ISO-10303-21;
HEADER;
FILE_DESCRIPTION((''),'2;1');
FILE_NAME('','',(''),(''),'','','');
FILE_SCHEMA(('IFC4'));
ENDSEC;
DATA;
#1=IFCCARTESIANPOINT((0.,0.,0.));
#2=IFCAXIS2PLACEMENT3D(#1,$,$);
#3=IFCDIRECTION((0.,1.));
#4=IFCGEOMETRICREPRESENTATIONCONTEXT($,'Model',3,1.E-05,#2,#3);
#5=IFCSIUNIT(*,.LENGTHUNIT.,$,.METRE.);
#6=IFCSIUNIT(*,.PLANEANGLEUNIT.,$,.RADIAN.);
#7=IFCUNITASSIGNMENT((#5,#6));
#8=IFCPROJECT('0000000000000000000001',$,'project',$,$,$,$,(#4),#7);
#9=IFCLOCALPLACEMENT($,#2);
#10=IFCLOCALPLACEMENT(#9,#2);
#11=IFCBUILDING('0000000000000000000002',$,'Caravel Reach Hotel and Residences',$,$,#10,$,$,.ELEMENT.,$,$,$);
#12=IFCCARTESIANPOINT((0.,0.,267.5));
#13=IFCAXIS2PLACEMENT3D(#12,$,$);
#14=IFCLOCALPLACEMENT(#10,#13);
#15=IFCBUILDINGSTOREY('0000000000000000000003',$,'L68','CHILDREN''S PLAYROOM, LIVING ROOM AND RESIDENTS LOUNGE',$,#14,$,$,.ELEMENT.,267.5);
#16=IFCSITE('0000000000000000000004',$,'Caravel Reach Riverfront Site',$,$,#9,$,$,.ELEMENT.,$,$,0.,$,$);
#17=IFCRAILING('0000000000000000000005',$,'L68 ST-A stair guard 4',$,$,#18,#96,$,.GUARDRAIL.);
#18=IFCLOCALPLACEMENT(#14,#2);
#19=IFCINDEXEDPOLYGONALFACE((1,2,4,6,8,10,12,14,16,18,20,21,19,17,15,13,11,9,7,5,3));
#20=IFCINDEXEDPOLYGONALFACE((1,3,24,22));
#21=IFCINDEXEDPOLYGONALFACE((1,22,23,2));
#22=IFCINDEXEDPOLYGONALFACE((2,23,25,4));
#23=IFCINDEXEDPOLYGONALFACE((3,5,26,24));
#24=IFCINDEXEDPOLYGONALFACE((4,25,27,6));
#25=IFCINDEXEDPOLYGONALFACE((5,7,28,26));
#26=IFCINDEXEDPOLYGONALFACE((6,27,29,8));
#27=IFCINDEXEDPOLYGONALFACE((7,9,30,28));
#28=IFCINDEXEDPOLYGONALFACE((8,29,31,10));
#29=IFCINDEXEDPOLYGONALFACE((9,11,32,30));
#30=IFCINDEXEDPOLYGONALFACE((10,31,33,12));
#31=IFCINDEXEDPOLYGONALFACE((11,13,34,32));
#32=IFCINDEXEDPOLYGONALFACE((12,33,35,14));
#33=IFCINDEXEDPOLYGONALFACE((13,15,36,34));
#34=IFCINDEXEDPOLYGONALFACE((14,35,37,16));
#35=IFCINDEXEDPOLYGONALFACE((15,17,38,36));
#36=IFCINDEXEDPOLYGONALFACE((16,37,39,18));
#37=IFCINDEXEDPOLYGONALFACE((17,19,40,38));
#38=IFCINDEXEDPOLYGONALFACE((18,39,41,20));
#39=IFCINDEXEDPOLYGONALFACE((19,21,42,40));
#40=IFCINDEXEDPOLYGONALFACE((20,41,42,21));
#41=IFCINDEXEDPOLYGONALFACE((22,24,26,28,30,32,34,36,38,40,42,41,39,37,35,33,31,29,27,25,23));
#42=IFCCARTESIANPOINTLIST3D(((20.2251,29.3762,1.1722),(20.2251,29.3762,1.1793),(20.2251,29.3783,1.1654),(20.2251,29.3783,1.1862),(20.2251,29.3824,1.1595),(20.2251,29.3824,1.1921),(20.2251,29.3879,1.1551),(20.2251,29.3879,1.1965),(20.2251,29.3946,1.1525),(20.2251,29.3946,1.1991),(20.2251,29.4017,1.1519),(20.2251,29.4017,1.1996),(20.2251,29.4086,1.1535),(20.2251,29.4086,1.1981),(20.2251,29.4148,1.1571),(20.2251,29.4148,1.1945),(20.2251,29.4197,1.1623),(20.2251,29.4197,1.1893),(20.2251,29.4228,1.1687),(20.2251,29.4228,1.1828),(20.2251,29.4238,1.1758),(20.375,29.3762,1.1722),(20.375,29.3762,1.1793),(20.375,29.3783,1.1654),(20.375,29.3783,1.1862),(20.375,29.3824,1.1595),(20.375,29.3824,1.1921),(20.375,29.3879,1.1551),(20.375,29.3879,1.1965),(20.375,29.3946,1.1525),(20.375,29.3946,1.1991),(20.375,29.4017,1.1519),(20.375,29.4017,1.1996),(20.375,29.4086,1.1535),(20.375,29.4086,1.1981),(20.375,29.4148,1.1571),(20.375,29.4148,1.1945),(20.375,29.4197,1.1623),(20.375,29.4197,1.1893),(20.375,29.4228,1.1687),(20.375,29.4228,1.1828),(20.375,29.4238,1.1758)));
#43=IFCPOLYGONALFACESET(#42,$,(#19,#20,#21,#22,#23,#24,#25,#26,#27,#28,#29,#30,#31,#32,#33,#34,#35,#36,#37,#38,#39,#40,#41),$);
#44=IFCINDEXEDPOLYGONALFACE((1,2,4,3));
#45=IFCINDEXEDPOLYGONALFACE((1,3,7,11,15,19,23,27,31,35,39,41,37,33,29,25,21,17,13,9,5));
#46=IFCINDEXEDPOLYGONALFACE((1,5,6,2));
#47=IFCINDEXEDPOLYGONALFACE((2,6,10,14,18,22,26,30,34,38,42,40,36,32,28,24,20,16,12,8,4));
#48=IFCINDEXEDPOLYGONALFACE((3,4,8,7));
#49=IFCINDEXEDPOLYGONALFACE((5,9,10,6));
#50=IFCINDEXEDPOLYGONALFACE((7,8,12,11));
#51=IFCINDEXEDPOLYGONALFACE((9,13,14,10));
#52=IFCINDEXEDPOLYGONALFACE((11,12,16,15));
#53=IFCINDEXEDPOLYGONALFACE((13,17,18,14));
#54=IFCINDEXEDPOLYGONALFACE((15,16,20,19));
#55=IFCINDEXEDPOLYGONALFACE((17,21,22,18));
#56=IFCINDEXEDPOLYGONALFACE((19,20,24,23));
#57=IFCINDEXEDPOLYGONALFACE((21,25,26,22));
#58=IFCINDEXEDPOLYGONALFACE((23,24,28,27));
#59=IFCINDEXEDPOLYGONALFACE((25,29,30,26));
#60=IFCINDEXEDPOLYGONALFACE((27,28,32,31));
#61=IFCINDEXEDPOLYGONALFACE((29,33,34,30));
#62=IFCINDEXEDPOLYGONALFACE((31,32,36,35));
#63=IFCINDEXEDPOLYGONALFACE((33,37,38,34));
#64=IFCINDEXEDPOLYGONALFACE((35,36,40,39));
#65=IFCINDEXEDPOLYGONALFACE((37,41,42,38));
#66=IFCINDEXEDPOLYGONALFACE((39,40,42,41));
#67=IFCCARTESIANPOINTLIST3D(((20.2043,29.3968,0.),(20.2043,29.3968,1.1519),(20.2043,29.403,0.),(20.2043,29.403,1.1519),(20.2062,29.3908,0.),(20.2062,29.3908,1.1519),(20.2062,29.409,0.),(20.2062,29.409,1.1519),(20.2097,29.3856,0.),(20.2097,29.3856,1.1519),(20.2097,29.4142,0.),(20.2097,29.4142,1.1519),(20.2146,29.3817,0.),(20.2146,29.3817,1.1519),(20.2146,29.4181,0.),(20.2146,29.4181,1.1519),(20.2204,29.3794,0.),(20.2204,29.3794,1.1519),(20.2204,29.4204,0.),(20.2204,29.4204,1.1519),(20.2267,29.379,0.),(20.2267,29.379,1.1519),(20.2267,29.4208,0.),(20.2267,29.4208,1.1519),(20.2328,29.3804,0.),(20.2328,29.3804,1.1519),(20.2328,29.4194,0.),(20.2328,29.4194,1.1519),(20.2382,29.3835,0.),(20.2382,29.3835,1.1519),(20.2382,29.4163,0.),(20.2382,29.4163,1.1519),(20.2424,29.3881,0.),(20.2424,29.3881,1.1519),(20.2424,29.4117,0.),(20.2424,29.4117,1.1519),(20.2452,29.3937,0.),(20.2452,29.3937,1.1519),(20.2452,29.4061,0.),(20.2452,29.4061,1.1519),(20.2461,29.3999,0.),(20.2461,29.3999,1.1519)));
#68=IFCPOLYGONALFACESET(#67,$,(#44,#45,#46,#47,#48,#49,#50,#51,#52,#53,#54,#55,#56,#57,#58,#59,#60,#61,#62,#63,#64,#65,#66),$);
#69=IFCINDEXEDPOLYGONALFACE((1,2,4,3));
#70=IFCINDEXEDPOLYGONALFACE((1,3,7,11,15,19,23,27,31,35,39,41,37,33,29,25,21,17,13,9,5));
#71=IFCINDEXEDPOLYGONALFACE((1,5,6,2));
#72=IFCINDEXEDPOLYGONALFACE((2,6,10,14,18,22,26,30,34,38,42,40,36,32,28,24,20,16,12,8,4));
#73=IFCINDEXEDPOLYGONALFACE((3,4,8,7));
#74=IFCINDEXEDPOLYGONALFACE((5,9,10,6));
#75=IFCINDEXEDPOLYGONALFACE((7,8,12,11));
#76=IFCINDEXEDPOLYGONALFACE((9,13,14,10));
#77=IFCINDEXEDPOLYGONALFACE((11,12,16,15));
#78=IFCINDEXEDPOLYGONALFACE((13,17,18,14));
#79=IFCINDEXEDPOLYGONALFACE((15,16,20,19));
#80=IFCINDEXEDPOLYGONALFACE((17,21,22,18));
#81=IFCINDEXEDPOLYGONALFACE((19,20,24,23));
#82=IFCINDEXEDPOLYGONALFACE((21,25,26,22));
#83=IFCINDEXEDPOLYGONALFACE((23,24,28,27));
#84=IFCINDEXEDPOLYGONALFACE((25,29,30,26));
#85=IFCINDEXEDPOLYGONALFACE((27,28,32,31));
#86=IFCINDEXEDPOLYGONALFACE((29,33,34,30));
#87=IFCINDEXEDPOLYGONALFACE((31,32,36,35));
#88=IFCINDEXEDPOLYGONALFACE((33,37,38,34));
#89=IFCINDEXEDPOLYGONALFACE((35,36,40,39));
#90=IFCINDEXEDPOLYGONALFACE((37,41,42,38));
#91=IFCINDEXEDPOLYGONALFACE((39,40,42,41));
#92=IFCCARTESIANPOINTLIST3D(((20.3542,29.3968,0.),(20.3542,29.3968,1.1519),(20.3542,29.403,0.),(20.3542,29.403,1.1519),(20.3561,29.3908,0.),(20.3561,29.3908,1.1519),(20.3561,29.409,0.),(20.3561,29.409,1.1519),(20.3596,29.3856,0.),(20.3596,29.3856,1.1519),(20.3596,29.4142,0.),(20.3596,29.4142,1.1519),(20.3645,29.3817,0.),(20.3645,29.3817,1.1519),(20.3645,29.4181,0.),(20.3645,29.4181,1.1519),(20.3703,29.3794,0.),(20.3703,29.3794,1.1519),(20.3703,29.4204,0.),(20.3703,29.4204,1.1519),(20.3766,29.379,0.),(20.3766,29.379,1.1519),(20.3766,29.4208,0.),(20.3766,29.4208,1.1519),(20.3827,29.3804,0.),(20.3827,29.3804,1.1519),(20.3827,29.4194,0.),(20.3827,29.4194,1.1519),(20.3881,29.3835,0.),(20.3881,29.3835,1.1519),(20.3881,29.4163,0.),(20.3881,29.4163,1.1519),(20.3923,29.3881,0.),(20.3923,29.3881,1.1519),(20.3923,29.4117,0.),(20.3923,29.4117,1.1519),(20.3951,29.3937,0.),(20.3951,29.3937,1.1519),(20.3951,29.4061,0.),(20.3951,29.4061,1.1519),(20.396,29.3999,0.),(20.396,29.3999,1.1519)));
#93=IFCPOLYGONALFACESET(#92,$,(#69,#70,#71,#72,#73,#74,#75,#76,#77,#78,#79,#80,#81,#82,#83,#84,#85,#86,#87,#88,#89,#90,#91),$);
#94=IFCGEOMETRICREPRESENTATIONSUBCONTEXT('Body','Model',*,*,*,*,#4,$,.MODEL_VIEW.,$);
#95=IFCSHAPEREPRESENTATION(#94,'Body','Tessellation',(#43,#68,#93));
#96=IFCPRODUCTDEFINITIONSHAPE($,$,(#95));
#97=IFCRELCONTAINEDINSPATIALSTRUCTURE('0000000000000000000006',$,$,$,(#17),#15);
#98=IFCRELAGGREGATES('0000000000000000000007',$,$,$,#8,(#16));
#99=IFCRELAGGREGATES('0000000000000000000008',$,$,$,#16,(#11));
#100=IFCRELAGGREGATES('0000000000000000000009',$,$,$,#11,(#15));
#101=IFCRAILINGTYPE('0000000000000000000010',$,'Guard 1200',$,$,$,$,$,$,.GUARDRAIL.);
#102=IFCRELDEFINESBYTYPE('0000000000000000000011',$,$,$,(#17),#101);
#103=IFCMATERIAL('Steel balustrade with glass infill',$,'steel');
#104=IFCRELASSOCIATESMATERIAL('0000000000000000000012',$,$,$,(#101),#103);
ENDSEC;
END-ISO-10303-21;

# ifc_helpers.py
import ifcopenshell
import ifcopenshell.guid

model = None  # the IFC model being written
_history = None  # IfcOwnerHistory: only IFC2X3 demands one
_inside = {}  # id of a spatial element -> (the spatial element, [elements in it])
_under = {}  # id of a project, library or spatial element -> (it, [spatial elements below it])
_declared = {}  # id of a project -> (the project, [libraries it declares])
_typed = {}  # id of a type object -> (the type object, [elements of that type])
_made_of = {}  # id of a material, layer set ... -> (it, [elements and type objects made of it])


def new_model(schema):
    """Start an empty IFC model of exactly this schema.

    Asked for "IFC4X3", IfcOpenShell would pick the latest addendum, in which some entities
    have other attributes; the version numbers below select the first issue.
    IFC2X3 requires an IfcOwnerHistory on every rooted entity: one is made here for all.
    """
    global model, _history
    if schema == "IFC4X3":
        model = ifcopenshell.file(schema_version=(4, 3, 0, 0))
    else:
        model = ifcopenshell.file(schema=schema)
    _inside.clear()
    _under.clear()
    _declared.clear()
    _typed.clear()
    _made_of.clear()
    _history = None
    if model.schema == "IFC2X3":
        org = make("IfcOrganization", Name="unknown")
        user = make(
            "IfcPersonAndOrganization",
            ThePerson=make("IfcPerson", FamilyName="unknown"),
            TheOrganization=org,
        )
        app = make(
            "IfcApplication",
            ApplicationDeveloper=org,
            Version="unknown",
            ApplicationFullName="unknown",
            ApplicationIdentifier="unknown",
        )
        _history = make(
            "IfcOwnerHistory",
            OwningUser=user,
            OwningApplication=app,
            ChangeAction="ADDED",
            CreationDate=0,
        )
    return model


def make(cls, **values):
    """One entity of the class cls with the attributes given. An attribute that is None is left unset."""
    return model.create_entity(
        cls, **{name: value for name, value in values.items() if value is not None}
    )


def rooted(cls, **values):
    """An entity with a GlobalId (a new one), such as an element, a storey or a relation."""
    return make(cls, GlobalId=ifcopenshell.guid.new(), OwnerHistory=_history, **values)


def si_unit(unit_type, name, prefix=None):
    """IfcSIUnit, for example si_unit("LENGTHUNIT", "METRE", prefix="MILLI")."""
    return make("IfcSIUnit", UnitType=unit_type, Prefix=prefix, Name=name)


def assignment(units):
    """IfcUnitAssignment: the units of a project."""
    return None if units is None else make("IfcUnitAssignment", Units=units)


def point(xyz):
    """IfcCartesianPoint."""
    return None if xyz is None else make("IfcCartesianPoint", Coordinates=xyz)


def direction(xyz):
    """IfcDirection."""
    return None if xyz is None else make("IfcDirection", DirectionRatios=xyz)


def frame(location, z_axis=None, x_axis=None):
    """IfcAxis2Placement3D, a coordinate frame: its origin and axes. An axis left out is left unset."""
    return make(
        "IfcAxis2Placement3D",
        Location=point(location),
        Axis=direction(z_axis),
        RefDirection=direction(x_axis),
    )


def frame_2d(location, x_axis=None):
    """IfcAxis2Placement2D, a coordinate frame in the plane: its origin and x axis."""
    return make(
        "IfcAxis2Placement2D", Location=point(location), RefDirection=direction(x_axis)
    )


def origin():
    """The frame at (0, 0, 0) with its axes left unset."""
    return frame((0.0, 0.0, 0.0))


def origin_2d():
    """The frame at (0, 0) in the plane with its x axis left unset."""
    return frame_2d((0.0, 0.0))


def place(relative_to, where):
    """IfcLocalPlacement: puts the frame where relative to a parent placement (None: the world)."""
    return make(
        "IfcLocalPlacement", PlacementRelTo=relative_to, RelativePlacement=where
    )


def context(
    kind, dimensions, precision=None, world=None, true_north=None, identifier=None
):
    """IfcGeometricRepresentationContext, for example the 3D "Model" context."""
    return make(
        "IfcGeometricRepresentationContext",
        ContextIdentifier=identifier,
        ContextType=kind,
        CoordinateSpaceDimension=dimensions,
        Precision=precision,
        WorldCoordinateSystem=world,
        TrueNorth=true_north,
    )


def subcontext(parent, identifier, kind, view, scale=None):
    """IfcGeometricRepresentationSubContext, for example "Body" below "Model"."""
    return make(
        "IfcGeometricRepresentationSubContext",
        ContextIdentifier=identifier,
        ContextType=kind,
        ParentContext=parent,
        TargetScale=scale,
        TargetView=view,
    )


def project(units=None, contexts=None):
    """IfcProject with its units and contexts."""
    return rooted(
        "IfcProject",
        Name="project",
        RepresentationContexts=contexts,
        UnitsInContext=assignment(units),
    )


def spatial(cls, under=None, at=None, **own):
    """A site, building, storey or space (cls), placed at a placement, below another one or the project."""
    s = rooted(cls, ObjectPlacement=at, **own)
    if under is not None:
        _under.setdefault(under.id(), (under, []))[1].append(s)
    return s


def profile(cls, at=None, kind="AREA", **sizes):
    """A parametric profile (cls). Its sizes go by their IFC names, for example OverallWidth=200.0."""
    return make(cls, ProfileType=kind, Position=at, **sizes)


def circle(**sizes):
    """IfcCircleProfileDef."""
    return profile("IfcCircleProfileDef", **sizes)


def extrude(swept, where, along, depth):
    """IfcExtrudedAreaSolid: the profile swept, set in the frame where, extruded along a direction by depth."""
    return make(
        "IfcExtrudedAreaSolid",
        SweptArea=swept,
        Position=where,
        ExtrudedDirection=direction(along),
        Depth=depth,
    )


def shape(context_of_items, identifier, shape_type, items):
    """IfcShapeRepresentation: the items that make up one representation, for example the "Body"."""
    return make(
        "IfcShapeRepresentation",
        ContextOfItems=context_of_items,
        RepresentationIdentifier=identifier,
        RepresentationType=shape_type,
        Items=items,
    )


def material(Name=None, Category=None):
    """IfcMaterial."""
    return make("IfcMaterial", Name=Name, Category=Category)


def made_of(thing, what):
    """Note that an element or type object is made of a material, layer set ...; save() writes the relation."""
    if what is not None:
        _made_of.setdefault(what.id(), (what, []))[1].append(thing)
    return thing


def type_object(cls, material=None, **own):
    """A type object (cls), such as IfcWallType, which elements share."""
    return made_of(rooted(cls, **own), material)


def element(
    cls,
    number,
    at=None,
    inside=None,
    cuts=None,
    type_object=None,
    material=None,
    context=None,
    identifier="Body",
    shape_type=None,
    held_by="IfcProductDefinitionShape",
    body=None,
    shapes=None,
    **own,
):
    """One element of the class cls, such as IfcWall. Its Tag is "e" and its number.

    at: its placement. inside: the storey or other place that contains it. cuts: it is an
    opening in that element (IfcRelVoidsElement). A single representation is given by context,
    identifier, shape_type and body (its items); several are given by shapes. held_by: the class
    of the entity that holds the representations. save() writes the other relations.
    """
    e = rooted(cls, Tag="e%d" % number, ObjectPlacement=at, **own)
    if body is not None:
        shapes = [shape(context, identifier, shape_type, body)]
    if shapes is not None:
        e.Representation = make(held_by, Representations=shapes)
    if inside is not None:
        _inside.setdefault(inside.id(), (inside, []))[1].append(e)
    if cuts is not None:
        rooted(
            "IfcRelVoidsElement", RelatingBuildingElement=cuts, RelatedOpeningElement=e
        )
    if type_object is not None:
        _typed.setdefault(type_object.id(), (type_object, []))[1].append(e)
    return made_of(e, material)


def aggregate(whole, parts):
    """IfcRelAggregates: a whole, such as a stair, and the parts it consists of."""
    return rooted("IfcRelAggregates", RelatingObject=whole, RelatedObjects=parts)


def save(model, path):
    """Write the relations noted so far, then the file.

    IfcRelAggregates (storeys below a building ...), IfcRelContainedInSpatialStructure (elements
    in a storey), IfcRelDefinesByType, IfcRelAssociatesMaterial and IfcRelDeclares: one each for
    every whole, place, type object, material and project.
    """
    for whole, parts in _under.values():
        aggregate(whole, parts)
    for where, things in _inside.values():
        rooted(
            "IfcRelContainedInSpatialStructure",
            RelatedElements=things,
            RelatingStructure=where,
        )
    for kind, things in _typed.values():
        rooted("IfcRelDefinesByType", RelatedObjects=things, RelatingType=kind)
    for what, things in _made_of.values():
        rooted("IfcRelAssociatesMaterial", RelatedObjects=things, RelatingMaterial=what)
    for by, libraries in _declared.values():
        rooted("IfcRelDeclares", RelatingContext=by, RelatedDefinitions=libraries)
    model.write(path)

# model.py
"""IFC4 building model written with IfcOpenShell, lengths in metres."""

from ifc_helpers import new_model, si_unit, direction, frame, origin, origin_2d, place, context, subcontext, project, spatial, circle, extrude, material, type_object, element, save


model = new_model("IFC4")

# Units and contexts
model_context = context("Model", 3, precision=1e-05, world=origin(), true_north=direction((0.0, 1.0)))
body_context = subcontext(model_context, "Body", "Model", "MODEL_VIEW")
ifc_project = project(units=[si_unit("LENGTHUNIT", "METRE"), si_unit("PLANEANGLEUNIT", "RADIAN")], contexts=[model_context])

# Site, building, storey
site_placement = place(None, origin())
site = spatial("IfcSite", under=ifc_project, at=site_placement, Name="Caravel Reach Riverfront Site", CompositionType="ELEMENT", RefElevation=0.0)
building_placement = place(site_placement, origin())
building = spatial("IfcBuilding", under=site, at=building_placement, Name="Caravel Reach Hotel and Residences", CompositionType="ELEMENT")
storey_placement = place(building_placement, frame((0.0, 0.0, 267.5)))
storey = spatial("IfcBuildingStorey", under=building, at=storey_placement, Name="L68", Description="CHILDREN'S PLAYROOM, LIVING ROOM AND RESIDENTS LOUNGE", CompositionType="ELEMENT", Elevation=267.5)

# Railing
ifc_material_1 = material(Name="Steel balustrade with glass infill", Category="steel")
railing_type_1 = type_object("IfcRailingType", Name="Guard 1200", PredefinedType="GUARDRAIL", material=ifc_material_1)
railing_1_placement = place(storey_placement, frame((20.2251, 29.3999, 0.0)))
element("IfcRailing", 1, at=railing_1_placement, inside=storey, type_object=railing_type_1, Name="L68 ST-A stair guard 4", PredefinedType="GUARDRAIL", context=body_context, shape_type="SweptSolid", body=[
    extrude(circle(Radius=0.0239, at=origin_2d()), frame((0.0, 0.0, 1.1758), z_axis=(1.0, 0.0, 0.0), x_axis=(0.0, 1.0, 0.0)), (0.0, 0.0, 1.0), 0.1499),
    extrude(circle(Radius=0.021, at=origin_2d()), origin(), (0.0, 0.0, 1.0), 1.1519),
    extrude(circle(Radius=0.021, at=origin_2d()), frame((0.1499, 0.0, 0.0)), (0.0, 0.0, 1.0), 1.1519),
])

save(model, "model.ifc")
